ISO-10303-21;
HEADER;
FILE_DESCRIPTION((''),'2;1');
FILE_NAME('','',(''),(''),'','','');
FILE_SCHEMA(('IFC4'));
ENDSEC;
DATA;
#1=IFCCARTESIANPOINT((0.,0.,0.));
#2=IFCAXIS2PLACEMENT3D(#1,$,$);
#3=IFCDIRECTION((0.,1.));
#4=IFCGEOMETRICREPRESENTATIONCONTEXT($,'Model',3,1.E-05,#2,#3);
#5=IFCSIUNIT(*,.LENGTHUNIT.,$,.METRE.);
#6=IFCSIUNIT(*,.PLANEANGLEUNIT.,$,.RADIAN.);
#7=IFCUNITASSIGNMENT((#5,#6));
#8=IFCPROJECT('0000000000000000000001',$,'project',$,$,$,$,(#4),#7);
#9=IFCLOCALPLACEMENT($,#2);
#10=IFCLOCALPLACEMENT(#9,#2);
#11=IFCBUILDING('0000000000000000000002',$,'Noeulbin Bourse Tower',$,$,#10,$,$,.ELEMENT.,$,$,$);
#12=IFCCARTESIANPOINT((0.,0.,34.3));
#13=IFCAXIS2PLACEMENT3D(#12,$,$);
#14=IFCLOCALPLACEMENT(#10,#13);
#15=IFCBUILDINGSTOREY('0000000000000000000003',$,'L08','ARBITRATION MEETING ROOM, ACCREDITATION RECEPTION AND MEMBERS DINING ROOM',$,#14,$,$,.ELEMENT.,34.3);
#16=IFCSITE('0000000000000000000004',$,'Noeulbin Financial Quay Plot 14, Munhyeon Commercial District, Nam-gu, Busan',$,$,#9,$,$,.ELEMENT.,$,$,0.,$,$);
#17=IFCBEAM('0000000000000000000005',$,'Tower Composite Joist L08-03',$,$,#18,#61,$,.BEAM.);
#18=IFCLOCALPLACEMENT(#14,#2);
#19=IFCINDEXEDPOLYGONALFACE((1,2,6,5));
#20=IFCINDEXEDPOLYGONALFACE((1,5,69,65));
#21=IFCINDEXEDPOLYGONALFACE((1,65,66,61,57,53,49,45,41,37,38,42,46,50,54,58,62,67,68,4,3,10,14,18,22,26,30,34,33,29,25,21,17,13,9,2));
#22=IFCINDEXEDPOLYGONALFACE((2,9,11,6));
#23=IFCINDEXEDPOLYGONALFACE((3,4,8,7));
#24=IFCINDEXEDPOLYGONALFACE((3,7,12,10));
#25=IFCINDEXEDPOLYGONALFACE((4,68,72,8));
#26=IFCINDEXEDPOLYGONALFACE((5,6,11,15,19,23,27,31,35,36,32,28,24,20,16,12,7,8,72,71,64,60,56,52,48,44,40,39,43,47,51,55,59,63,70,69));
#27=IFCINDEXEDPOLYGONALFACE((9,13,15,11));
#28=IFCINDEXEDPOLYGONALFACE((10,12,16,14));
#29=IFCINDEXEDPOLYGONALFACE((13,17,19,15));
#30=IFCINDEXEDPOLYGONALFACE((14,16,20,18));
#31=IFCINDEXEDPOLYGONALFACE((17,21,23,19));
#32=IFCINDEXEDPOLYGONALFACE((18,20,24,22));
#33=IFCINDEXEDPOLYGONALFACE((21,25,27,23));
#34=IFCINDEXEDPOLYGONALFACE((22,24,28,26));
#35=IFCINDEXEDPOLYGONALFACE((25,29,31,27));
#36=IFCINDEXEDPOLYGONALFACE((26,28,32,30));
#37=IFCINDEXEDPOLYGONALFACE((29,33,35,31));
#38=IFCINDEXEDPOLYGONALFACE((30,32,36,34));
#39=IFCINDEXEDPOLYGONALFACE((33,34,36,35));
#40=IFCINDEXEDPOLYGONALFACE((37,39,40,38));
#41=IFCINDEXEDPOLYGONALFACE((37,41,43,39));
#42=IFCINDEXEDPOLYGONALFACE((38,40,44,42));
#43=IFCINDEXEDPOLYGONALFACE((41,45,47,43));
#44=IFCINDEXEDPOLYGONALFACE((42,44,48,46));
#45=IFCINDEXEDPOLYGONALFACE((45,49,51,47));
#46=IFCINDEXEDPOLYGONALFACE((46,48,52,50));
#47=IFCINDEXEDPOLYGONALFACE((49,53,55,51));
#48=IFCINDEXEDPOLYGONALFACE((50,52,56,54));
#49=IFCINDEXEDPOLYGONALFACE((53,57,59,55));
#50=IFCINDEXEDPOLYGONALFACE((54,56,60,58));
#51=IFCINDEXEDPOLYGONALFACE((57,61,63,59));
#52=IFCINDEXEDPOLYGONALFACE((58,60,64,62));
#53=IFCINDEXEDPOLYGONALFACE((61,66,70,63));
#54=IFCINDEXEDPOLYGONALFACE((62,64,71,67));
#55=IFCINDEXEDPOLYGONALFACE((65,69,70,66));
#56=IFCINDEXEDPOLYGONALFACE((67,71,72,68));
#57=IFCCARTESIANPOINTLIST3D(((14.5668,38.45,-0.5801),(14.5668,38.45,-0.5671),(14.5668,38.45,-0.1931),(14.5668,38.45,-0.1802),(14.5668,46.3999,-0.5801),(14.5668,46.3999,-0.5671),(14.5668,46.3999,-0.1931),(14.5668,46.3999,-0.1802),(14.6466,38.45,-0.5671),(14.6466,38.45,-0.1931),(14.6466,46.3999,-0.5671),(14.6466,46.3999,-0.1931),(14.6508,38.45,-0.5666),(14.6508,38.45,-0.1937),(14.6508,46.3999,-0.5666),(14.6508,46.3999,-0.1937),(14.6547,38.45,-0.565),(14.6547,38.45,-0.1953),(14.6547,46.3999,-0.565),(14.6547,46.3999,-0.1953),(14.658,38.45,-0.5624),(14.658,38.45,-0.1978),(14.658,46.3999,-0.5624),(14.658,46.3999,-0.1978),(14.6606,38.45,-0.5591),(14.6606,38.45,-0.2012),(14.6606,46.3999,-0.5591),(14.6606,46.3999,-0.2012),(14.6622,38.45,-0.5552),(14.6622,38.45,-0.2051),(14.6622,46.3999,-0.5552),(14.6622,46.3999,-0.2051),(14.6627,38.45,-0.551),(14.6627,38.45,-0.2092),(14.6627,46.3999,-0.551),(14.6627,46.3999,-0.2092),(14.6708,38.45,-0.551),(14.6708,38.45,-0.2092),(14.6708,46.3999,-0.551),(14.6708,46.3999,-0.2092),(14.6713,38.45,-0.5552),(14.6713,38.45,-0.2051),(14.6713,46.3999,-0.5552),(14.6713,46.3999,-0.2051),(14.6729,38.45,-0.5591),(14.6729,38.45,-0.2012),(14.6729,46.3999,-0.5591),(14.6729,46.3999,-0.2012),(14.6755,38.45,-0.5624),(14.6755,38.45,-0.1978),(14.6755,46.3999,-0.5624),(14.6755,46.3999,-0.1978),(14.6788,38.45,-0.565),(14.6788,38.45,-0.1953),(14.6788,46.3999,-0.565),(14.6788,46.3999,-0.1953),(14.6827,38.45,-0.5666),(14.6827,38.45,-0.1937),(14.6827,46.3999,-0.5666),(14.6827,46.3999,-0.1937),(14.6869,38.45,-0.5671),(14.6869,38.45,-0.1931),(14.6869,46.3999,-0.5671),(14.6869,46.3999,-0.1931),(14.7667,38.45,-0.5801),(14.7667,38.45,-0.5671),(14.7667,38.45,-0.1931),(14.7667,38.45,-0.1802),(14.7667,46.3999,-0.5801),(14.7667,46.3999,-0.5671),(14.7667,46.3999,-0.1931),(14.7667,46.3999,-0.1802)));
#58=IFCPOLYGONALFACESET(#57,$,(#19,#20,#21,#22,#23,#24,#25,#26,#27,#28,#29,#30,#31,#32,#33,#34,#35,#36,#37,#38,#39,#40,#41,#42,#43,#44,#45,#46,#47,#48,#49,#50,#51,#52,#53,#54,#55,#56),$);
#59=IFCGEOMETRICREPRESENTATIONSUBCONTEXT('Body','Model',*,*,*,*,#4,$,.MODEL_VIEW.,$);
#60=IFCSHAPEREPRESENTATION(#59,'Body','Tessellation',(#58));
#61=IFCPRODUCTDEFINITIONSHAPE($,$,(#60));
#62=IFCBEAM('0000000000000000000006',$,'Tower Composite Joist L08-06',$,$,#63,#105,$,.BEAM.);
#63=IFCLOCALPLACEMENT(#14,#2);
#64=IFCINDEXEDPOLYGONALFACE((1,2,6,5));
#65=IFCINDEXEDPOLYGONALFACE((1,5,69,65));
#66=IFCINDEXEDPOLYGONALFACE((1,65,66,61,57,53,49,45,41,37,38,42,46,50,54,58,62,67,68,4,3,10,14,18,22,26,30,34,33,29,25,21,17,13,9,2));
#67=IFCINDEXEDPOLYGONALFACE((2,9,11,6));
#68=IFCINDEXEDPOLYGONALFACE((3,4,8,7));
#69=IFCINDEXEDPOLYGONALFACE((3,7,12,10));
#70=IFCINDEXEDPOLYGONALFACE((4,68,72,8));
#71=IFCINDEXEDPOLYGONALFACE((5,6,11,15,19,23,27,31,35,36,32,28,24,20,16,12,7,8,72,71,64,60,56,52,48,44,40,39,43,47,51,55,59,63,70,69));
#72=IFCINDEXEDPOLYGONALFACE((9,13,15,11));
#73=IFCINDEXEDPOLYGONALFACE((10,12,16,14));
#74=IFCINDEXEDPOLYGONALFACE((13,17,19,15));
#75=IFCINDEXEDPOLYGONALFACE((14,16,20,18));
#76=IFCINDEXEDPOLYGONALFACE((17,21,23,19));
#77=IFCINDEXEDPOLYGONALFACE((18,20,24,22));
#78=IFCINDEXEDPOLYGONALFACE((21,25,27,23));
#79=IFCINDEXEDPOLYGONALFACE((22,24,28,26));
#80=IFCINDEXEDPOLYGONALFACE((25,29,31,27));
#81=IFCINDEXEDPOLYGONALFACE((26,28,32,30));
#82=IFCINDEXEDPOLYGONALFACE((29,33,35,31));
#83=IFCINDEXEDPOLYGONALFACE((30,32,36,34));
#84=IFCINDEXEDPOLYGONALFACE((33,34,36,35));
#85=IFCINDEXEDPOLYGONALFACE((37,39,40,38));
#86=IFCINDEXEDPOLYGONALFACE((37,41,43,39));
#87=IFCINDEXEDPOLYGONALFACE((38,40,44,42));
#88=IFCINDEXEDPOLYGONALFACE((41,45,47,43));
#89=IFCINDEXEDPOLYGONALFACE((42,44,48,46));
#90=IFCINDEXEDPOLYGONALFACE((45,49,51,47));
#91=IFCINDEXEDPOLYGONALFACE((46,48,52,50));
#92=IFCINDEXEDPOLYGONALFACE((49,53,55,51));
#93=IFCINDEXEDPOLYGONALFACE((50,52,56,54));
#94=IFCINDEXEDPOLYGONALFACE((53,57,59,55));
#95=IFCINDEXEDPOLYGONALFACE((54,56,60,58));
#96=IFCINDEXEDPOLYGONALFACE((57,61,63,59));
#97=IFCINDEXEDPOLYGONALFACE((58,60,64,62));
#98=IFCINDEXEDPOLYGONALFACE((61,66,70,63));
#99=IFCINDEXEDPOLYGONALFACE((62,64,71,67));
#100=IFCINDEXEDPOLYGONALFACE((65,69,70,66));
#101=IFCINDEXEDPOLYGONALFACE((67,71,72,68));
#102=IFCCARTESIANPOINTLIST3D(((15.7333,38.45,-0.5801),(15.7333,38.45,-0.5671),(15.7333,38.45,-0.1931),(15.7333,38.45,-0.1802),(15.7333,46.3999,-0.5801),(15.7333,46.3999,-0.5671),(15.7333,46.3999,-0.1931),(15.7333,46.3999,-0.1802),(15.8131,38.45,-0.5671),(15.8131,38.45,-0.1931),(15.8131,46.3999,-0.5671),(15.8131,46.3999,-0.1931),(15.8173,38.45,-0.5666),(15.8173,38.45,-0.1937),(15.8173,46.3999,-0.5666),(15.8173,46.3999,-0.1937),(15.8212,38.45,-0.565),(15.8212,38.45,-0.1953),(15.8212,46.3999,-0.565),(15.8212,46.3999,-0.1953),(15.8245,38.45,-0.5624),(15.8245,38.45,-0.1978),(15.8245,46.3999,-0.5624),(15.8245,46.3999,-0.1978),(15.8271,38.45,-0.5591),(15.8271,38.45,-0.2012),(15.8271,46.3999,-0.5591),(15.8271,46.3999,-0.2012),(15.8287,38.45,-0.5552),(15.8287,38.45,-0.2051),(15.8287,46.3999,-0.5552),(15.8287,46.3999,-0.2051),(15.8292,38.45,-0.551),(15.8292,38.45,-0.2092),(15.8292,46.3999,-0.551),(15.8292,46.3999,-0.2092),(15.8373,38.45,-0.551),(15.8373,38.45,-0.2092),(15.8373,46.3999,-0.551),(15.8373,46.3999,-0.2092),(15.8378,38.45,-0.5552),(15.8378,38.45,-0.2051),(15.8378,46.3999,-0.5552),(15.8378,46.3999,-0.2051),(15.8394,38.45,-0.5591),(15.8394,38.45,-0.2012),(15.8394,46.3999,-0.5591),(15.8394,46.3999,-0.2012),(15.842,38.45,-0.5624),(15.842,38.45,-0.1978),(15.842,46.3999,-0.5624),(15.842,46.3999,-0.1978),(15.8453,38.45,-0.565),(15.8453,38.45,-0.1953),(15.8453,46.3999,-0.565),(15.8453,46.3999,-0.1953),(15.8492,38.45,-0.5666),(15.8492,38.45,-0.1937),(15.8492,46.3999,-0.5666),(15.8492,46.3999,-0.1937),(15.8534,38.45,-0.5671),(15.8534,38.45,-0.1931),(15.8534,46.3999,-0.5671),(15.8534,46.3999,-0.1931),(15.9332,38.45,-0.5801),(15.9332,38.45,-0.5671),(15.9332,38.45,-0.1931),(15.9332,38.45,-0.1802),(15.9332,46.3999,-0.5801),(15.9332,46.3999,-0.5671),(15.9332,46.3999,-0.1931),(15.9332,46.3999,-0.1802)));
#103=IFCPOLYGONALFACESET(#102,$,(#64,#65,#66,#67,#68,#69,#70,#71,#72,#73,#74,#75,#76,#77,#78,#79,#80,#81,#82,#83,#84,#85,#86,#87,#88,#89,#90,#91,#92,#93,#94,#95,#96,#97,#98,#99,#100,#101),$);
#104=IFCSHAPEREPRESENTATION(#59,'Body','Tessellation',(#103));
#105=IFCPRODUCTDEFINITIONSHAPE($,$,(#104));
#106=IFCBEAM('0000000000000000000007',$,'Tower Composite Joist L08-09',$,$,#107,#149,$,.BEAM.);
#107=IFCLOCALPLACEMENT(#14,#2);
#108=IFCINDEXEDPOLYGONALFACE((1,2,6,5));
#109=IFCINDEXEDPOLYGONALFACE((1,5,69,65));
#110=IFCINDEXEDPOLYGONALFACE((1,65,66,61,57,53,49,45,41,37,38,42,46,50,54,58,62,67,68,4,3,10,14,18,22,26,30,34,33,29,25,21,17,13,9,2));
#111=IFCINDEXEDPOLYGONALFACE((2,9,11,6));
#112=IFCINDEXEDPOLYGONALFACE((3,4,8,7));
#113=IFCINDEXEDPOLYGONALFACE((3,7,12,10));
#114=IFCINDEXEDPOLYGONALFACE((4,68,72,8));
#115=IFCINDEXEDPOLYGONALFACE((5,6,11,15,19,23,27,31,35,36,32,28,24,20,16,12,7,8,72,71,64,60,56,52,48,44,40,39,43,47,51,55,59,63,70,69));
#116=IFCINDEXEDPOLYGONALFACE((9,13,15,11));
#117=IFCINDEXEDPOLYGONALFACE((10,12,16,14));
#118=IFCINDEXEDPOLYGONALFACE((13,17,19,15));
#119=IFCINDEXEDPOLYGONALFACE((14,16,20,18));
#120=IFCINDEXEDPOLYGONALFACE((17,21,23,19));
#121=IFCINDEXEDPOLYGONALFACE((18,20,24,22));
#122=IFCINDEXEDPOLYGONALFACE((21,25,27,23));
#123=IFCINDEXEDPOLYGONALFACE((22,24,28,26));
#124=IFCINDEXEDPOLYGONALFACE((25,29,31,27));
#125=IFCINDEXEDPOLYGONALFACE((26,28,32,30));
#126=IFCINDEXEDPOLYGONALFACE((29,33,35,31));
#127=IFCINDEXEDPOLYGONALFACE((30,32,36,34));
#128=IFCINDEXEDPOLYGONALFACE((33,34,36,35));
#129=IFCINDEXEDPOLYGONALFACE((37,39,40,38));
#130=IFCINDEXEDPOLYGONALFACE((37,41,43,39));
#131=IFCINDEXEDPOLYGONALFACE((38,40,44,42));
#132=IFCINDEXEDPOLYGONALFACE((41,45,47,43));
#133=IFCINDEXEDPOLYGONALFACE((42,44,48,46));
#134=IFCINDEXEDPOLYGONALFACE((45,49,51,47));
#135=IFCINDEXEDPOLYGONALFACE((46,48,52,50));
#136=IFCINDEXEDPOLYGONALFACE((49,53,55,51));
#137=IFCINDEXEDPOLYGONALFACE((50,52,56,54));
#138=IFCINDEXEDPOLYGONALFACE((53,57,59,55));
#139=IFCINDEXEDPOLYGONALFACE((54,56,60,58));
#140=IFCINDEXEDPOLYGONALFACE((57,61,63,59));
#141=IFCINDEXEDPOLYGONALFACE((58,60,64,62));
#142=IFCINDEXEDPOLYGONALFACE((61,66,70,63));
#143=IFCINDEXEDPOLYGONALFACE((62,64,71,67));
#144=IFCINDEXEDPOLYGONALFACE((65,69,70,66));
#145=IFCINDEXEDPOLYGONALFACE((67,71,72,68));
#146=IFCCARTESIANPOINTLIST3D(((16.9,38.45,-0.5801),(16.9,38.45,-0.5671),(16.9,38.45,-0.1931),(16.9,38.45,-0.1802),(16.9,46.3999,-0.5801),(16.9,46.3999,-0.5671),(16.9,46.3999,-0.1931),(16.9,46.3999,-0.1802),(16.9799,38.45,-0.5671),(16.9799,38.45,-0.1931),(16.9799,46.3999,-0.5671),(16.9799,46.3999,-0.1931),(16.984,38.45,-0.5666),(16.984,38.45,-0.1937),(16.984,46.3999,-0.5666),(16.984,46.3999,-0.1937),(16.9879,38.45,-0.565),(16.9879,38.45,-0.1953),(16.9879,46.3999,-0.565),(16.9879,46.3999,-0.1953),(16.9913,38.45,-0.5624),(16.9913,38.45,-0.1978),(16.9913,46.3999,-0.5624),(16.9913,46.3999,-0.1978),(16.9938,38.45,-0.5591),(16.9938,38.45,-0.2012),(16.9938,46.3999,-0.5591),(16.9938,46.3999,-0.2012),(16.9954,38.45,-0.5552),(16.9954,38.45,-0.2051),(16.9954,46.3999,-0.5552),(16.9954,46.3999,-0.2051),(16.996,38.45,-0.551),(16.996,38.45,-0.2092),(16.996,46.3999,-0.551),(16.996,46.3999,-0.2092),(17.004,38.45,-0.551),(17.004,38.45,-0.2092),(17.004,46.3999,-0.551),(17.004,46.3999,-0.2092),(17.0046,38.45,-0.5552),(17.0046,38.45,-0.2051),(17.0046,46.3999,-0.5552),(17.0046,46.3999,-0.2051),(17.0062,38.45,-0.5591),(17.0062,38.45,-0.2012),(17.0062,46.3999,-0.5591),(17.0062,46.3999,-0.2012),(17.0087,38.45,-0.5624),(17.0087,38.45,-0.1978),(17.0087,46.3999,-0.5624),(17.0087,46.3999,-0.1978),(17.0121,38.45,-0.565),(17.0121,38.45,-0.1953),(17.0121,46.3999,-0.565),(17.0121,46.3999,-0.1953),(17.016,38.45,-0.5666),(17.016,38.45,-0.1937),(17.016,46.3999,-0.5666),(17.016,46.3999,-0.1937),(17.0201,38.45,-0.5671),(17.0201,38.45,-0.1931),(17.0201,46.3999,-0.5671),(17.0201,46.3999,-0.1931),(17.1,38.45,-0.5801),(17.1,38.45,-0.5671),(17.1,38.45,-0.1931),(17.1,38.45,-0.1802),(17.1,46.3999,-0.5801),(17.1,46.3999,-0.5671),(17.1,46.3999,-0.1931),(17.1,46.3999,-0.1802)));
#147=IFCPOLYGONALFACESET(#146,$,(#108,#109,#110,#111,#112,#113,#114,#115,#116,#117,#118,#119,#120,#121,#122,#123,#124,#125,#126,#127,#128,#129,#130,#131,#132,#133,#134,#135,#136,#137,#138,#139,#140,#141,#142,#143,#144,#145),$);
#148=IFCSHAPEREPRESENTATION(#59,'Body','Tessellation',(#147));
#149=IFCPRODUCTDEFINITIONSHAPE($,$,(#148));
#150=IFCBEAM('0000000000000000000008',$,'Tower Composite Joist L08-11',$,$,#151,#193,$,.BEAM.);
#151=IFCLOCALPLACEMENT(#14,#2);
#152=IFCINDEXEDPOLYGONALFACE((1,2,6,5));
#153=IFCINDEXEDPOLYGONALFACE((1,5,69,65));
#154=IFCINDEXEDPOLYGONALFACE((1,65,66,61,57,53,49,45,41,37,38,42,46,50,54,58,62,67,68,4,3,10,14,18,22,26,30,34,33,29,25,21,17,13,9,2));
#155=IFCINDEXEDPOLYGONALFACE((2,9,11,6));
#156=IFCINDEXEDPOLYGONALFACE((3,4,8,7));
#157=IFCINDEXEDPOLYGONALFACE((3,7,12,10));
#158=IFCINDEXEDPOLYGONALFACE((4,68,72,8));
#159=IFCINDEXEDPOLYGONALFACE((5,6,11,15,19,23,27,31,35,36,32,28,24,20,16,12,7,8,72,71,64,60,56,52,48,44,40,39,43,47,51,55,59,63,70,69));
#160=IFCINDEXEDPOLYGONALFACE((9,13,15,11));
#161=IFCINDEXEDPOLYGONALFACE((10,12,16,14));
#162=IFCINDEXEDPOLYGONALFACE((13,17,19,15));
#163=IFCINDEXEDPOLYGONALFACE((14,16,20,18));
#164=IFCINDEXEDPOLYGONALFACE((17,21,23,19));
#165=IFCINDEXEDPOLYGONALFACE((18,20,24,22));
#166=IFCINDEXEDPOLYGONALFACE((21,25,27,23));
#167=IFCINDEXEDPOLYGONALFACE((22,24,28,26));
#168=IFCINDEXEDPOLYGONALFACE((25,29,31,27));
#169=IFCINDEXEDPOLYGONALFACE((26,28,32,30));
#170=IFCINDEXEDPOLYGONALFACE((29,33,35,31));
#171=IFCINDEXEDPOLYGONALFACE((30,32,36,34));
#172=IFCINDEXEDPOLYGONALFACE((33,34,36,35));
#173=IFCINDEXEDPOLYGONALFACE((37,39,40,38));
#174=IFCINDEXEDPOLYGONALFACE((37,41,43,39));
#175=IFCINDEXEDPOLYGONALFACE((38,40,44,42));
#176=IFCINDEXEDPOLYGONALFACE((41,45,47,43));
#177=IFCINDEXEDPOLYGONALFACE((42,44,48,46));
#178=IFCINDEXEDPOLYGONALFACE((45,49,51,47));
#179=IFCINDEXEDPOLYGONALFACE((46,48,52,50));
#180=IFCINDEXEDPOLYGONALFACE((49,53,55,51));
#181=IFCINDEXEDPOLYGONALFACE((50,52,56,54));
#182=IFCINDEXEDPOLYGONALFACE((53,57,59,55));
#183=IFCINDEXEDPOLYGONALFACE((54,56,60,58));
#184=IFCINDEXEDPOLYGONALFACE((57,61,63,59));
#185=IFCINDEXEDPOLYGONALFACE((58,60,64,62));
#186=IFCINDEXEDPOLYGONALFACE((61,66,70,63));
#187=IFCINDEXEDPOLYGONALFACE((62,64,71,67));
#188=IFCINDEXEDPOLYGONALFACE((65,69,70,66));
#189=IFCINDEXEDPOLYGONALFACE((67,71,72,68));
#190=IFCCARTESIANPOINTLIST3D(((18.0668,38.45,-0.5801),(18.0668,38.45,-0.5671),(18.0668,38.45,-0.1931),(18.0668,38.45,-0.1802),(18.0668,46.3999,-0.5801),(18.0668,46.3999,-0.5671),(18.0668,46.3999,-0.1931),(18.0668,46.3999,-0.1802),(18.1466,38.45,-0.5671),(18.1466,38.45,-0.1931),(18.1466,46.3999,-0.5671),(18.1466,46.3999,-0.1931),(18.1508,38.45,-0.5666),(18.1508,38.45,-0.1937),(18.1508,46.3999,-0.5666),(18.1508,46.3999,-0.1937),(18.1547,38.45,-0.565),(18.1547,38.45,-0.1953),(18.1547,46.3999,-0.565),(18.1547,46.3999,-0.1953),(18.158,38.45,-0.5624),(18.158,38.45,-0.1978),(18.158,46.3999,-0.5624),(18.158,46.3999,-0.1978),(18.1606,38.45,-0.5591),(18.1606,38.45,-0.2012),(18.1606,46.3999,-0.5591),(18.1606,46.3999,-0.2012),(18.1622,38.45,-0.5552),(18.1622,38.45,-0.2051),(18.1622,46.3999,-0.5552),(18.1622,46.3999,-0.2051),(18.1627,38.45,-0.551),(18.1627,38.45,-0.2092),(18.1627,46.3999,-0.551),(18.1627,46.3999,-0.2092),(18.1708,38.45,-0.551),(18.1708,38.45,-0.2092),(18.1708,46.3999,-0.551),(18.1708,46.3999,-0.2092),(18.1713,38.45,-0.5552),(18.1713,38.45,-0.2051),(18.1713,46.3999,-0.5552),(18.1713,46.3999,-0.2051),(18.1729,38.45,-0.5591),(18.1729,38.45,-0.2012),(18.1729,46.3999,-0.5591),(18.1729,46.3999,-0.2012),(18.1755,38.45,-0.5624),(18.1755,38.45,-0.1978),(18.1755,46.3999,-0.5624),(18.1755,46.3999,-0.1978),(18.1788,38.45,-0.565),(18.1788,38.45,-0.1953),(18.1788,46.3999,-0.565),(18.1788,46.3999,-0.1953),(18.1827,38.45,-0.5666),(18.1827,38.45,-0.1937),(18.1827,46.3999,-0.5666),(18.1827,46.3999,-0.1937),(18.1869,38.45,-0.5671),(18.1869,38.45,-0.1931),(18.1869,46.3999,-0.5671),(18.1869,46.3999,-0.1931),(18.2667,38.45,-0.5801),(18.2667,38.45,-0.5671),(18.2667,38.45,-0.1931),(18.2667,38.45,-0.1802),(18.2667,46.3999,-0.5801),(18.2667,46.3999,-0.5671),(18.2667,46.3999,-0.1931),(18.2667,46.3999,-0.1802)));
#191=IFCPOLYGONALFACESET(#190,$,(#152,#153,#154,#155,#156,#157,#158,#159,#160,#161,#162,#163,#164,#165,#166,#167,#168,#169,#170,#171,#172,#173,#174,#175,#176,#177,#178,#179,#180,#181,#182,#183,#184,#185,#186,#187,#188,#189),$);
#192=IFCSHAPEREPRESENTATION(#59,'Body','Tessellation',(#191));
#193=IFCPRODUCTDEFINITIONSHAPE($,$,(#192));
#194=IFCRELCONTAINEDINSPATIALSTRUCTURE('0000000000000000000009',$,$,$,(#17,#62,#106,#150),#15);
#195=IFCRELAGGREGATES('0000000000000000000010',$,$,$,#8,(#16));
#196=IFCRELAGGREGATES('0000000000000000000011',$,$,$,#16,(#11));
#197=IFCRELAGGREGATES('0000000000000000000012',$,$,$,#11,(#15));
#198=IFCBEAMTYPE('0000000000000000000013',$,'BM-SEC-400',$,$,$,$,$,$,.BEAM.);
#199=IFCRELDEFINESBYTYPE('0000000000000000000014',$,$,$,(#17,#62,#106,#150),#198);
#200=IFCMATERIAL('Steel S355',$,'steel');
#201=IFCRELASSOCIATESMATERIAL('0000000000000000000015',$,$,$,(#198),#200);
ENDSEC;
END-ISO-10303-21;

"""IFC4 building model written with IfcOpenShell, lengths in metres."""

from ifc_helpers import new_model, si_unit, direction, frame, origin, origin_2d, place, context, subcontext, project, spatial, i_section, extrude, material, material_profile, profile_set, type_object, element, save


model = new_model("IFC4")

# Units and contexts
model_context = context("Model", 3, precision=1e-05, world=origin(), true_north=direction((0.0, 1.0)))
body_context = subcontext(model_context, "Body", "Model", "MODEL_VIEW")
ifc_project = project(units=[si_unit("LENGTHUNIT", "METRE"), si_unit("PLANEANGLEUNIT", "RADIAN")], contexts=[model_context])

# Site, building, storey
site_placement = place(None, origin())
site = spatial("IfcSite", under=ifc_project, at=site_placement, Name="Noeulbin Financial Quay Plot 14, Munhyeon Commercial District, Nam-gu, Busan", CompositionType="ELEMENT", RefElevation=0.0)
building_placement = place(site_placement, origin())
building = spatial("IfcBuilding", under=site, at=building_placement, Name="Noeulbin Bourse Tower", CompositionType="ELEMENT")
storey_placement = place(building_placement, frame((0.0, 0.0, 34.3)))
storey = spatial("IfcBuildingStorey", under=building, at=storey_placement, Name="L08", Description="ARBITRATION MEETING ROOM, ACCREDITATION RECEPTION AND MEMBERS DINING ROOM", CompositionType="ELEMENT", Elevation=34.3)

# Beams
ifc_material_1 = material(Name="Steel S355", Category="steel")
ifc_material_profile_1 = material_profile(ifc_material_1, i_section(OverallWidth=0.2, OverallDepth=0.3999, WebThickness=0.0081, FlangeThickness=0.0129, FilletRadius=0.0161, at=origin_2d()), Name="H-400x200x8x13", Category="LoadBearing")
ifc_profile_set_1 = profile_set([ifc_material_profile_1], Name="Steel S355")
beam_type_1 = type_object("IfcBeamType", Name="BM-SEC-400", PredefinedType="BEAM", material=ifc_profile_set_1)
for number, where, z_axis, x_axis, name in (
    (1, (14.6667, 38.45, -0.3801), (0.0, 1.0, 0.0), (-1.0, 0.0, 0.0), "Tower Composite Joist L08-03"),
    (2, (15.8333, 38.45, -0.3801), (0.0, 1.0, 0.0), (-1.0, 0.0, 0.0), "Tower Composite Joist L08-06"),
    (3, (17.0, 38.45, -0.3801), (0.0, 1.0, 0.0), (-1.0, 0.0, 0.0), "Tower Composite Joist L08-09"),
    (4, (18.1667, 38.45, -0.3801), (0.0, 1.0, 0.0), (-1.0, 0.0, 0.0), "Tower Composite Joist L08-11"),
):
    element("IfcBeam", number, at=place(storey_placement, frame(where, z_axis=z_axis, x_axis=x_axis)), inside=storey, type_object=beam_type_1, Name=name, PredefinedType="BEAM", context=body_context, shape_type="SweptSolid", body=[
        extrude(i_section(OverallWidth=0.2, OverallDepth=0.3999, WebThickness=0.0081, FlangeThickness=0.0129, FilletRadius=0.0161, at=origin_2d()), origin(), (0.0, 0.0, 1.0), 7.95),
    ])

save(model, "model.ifc")
